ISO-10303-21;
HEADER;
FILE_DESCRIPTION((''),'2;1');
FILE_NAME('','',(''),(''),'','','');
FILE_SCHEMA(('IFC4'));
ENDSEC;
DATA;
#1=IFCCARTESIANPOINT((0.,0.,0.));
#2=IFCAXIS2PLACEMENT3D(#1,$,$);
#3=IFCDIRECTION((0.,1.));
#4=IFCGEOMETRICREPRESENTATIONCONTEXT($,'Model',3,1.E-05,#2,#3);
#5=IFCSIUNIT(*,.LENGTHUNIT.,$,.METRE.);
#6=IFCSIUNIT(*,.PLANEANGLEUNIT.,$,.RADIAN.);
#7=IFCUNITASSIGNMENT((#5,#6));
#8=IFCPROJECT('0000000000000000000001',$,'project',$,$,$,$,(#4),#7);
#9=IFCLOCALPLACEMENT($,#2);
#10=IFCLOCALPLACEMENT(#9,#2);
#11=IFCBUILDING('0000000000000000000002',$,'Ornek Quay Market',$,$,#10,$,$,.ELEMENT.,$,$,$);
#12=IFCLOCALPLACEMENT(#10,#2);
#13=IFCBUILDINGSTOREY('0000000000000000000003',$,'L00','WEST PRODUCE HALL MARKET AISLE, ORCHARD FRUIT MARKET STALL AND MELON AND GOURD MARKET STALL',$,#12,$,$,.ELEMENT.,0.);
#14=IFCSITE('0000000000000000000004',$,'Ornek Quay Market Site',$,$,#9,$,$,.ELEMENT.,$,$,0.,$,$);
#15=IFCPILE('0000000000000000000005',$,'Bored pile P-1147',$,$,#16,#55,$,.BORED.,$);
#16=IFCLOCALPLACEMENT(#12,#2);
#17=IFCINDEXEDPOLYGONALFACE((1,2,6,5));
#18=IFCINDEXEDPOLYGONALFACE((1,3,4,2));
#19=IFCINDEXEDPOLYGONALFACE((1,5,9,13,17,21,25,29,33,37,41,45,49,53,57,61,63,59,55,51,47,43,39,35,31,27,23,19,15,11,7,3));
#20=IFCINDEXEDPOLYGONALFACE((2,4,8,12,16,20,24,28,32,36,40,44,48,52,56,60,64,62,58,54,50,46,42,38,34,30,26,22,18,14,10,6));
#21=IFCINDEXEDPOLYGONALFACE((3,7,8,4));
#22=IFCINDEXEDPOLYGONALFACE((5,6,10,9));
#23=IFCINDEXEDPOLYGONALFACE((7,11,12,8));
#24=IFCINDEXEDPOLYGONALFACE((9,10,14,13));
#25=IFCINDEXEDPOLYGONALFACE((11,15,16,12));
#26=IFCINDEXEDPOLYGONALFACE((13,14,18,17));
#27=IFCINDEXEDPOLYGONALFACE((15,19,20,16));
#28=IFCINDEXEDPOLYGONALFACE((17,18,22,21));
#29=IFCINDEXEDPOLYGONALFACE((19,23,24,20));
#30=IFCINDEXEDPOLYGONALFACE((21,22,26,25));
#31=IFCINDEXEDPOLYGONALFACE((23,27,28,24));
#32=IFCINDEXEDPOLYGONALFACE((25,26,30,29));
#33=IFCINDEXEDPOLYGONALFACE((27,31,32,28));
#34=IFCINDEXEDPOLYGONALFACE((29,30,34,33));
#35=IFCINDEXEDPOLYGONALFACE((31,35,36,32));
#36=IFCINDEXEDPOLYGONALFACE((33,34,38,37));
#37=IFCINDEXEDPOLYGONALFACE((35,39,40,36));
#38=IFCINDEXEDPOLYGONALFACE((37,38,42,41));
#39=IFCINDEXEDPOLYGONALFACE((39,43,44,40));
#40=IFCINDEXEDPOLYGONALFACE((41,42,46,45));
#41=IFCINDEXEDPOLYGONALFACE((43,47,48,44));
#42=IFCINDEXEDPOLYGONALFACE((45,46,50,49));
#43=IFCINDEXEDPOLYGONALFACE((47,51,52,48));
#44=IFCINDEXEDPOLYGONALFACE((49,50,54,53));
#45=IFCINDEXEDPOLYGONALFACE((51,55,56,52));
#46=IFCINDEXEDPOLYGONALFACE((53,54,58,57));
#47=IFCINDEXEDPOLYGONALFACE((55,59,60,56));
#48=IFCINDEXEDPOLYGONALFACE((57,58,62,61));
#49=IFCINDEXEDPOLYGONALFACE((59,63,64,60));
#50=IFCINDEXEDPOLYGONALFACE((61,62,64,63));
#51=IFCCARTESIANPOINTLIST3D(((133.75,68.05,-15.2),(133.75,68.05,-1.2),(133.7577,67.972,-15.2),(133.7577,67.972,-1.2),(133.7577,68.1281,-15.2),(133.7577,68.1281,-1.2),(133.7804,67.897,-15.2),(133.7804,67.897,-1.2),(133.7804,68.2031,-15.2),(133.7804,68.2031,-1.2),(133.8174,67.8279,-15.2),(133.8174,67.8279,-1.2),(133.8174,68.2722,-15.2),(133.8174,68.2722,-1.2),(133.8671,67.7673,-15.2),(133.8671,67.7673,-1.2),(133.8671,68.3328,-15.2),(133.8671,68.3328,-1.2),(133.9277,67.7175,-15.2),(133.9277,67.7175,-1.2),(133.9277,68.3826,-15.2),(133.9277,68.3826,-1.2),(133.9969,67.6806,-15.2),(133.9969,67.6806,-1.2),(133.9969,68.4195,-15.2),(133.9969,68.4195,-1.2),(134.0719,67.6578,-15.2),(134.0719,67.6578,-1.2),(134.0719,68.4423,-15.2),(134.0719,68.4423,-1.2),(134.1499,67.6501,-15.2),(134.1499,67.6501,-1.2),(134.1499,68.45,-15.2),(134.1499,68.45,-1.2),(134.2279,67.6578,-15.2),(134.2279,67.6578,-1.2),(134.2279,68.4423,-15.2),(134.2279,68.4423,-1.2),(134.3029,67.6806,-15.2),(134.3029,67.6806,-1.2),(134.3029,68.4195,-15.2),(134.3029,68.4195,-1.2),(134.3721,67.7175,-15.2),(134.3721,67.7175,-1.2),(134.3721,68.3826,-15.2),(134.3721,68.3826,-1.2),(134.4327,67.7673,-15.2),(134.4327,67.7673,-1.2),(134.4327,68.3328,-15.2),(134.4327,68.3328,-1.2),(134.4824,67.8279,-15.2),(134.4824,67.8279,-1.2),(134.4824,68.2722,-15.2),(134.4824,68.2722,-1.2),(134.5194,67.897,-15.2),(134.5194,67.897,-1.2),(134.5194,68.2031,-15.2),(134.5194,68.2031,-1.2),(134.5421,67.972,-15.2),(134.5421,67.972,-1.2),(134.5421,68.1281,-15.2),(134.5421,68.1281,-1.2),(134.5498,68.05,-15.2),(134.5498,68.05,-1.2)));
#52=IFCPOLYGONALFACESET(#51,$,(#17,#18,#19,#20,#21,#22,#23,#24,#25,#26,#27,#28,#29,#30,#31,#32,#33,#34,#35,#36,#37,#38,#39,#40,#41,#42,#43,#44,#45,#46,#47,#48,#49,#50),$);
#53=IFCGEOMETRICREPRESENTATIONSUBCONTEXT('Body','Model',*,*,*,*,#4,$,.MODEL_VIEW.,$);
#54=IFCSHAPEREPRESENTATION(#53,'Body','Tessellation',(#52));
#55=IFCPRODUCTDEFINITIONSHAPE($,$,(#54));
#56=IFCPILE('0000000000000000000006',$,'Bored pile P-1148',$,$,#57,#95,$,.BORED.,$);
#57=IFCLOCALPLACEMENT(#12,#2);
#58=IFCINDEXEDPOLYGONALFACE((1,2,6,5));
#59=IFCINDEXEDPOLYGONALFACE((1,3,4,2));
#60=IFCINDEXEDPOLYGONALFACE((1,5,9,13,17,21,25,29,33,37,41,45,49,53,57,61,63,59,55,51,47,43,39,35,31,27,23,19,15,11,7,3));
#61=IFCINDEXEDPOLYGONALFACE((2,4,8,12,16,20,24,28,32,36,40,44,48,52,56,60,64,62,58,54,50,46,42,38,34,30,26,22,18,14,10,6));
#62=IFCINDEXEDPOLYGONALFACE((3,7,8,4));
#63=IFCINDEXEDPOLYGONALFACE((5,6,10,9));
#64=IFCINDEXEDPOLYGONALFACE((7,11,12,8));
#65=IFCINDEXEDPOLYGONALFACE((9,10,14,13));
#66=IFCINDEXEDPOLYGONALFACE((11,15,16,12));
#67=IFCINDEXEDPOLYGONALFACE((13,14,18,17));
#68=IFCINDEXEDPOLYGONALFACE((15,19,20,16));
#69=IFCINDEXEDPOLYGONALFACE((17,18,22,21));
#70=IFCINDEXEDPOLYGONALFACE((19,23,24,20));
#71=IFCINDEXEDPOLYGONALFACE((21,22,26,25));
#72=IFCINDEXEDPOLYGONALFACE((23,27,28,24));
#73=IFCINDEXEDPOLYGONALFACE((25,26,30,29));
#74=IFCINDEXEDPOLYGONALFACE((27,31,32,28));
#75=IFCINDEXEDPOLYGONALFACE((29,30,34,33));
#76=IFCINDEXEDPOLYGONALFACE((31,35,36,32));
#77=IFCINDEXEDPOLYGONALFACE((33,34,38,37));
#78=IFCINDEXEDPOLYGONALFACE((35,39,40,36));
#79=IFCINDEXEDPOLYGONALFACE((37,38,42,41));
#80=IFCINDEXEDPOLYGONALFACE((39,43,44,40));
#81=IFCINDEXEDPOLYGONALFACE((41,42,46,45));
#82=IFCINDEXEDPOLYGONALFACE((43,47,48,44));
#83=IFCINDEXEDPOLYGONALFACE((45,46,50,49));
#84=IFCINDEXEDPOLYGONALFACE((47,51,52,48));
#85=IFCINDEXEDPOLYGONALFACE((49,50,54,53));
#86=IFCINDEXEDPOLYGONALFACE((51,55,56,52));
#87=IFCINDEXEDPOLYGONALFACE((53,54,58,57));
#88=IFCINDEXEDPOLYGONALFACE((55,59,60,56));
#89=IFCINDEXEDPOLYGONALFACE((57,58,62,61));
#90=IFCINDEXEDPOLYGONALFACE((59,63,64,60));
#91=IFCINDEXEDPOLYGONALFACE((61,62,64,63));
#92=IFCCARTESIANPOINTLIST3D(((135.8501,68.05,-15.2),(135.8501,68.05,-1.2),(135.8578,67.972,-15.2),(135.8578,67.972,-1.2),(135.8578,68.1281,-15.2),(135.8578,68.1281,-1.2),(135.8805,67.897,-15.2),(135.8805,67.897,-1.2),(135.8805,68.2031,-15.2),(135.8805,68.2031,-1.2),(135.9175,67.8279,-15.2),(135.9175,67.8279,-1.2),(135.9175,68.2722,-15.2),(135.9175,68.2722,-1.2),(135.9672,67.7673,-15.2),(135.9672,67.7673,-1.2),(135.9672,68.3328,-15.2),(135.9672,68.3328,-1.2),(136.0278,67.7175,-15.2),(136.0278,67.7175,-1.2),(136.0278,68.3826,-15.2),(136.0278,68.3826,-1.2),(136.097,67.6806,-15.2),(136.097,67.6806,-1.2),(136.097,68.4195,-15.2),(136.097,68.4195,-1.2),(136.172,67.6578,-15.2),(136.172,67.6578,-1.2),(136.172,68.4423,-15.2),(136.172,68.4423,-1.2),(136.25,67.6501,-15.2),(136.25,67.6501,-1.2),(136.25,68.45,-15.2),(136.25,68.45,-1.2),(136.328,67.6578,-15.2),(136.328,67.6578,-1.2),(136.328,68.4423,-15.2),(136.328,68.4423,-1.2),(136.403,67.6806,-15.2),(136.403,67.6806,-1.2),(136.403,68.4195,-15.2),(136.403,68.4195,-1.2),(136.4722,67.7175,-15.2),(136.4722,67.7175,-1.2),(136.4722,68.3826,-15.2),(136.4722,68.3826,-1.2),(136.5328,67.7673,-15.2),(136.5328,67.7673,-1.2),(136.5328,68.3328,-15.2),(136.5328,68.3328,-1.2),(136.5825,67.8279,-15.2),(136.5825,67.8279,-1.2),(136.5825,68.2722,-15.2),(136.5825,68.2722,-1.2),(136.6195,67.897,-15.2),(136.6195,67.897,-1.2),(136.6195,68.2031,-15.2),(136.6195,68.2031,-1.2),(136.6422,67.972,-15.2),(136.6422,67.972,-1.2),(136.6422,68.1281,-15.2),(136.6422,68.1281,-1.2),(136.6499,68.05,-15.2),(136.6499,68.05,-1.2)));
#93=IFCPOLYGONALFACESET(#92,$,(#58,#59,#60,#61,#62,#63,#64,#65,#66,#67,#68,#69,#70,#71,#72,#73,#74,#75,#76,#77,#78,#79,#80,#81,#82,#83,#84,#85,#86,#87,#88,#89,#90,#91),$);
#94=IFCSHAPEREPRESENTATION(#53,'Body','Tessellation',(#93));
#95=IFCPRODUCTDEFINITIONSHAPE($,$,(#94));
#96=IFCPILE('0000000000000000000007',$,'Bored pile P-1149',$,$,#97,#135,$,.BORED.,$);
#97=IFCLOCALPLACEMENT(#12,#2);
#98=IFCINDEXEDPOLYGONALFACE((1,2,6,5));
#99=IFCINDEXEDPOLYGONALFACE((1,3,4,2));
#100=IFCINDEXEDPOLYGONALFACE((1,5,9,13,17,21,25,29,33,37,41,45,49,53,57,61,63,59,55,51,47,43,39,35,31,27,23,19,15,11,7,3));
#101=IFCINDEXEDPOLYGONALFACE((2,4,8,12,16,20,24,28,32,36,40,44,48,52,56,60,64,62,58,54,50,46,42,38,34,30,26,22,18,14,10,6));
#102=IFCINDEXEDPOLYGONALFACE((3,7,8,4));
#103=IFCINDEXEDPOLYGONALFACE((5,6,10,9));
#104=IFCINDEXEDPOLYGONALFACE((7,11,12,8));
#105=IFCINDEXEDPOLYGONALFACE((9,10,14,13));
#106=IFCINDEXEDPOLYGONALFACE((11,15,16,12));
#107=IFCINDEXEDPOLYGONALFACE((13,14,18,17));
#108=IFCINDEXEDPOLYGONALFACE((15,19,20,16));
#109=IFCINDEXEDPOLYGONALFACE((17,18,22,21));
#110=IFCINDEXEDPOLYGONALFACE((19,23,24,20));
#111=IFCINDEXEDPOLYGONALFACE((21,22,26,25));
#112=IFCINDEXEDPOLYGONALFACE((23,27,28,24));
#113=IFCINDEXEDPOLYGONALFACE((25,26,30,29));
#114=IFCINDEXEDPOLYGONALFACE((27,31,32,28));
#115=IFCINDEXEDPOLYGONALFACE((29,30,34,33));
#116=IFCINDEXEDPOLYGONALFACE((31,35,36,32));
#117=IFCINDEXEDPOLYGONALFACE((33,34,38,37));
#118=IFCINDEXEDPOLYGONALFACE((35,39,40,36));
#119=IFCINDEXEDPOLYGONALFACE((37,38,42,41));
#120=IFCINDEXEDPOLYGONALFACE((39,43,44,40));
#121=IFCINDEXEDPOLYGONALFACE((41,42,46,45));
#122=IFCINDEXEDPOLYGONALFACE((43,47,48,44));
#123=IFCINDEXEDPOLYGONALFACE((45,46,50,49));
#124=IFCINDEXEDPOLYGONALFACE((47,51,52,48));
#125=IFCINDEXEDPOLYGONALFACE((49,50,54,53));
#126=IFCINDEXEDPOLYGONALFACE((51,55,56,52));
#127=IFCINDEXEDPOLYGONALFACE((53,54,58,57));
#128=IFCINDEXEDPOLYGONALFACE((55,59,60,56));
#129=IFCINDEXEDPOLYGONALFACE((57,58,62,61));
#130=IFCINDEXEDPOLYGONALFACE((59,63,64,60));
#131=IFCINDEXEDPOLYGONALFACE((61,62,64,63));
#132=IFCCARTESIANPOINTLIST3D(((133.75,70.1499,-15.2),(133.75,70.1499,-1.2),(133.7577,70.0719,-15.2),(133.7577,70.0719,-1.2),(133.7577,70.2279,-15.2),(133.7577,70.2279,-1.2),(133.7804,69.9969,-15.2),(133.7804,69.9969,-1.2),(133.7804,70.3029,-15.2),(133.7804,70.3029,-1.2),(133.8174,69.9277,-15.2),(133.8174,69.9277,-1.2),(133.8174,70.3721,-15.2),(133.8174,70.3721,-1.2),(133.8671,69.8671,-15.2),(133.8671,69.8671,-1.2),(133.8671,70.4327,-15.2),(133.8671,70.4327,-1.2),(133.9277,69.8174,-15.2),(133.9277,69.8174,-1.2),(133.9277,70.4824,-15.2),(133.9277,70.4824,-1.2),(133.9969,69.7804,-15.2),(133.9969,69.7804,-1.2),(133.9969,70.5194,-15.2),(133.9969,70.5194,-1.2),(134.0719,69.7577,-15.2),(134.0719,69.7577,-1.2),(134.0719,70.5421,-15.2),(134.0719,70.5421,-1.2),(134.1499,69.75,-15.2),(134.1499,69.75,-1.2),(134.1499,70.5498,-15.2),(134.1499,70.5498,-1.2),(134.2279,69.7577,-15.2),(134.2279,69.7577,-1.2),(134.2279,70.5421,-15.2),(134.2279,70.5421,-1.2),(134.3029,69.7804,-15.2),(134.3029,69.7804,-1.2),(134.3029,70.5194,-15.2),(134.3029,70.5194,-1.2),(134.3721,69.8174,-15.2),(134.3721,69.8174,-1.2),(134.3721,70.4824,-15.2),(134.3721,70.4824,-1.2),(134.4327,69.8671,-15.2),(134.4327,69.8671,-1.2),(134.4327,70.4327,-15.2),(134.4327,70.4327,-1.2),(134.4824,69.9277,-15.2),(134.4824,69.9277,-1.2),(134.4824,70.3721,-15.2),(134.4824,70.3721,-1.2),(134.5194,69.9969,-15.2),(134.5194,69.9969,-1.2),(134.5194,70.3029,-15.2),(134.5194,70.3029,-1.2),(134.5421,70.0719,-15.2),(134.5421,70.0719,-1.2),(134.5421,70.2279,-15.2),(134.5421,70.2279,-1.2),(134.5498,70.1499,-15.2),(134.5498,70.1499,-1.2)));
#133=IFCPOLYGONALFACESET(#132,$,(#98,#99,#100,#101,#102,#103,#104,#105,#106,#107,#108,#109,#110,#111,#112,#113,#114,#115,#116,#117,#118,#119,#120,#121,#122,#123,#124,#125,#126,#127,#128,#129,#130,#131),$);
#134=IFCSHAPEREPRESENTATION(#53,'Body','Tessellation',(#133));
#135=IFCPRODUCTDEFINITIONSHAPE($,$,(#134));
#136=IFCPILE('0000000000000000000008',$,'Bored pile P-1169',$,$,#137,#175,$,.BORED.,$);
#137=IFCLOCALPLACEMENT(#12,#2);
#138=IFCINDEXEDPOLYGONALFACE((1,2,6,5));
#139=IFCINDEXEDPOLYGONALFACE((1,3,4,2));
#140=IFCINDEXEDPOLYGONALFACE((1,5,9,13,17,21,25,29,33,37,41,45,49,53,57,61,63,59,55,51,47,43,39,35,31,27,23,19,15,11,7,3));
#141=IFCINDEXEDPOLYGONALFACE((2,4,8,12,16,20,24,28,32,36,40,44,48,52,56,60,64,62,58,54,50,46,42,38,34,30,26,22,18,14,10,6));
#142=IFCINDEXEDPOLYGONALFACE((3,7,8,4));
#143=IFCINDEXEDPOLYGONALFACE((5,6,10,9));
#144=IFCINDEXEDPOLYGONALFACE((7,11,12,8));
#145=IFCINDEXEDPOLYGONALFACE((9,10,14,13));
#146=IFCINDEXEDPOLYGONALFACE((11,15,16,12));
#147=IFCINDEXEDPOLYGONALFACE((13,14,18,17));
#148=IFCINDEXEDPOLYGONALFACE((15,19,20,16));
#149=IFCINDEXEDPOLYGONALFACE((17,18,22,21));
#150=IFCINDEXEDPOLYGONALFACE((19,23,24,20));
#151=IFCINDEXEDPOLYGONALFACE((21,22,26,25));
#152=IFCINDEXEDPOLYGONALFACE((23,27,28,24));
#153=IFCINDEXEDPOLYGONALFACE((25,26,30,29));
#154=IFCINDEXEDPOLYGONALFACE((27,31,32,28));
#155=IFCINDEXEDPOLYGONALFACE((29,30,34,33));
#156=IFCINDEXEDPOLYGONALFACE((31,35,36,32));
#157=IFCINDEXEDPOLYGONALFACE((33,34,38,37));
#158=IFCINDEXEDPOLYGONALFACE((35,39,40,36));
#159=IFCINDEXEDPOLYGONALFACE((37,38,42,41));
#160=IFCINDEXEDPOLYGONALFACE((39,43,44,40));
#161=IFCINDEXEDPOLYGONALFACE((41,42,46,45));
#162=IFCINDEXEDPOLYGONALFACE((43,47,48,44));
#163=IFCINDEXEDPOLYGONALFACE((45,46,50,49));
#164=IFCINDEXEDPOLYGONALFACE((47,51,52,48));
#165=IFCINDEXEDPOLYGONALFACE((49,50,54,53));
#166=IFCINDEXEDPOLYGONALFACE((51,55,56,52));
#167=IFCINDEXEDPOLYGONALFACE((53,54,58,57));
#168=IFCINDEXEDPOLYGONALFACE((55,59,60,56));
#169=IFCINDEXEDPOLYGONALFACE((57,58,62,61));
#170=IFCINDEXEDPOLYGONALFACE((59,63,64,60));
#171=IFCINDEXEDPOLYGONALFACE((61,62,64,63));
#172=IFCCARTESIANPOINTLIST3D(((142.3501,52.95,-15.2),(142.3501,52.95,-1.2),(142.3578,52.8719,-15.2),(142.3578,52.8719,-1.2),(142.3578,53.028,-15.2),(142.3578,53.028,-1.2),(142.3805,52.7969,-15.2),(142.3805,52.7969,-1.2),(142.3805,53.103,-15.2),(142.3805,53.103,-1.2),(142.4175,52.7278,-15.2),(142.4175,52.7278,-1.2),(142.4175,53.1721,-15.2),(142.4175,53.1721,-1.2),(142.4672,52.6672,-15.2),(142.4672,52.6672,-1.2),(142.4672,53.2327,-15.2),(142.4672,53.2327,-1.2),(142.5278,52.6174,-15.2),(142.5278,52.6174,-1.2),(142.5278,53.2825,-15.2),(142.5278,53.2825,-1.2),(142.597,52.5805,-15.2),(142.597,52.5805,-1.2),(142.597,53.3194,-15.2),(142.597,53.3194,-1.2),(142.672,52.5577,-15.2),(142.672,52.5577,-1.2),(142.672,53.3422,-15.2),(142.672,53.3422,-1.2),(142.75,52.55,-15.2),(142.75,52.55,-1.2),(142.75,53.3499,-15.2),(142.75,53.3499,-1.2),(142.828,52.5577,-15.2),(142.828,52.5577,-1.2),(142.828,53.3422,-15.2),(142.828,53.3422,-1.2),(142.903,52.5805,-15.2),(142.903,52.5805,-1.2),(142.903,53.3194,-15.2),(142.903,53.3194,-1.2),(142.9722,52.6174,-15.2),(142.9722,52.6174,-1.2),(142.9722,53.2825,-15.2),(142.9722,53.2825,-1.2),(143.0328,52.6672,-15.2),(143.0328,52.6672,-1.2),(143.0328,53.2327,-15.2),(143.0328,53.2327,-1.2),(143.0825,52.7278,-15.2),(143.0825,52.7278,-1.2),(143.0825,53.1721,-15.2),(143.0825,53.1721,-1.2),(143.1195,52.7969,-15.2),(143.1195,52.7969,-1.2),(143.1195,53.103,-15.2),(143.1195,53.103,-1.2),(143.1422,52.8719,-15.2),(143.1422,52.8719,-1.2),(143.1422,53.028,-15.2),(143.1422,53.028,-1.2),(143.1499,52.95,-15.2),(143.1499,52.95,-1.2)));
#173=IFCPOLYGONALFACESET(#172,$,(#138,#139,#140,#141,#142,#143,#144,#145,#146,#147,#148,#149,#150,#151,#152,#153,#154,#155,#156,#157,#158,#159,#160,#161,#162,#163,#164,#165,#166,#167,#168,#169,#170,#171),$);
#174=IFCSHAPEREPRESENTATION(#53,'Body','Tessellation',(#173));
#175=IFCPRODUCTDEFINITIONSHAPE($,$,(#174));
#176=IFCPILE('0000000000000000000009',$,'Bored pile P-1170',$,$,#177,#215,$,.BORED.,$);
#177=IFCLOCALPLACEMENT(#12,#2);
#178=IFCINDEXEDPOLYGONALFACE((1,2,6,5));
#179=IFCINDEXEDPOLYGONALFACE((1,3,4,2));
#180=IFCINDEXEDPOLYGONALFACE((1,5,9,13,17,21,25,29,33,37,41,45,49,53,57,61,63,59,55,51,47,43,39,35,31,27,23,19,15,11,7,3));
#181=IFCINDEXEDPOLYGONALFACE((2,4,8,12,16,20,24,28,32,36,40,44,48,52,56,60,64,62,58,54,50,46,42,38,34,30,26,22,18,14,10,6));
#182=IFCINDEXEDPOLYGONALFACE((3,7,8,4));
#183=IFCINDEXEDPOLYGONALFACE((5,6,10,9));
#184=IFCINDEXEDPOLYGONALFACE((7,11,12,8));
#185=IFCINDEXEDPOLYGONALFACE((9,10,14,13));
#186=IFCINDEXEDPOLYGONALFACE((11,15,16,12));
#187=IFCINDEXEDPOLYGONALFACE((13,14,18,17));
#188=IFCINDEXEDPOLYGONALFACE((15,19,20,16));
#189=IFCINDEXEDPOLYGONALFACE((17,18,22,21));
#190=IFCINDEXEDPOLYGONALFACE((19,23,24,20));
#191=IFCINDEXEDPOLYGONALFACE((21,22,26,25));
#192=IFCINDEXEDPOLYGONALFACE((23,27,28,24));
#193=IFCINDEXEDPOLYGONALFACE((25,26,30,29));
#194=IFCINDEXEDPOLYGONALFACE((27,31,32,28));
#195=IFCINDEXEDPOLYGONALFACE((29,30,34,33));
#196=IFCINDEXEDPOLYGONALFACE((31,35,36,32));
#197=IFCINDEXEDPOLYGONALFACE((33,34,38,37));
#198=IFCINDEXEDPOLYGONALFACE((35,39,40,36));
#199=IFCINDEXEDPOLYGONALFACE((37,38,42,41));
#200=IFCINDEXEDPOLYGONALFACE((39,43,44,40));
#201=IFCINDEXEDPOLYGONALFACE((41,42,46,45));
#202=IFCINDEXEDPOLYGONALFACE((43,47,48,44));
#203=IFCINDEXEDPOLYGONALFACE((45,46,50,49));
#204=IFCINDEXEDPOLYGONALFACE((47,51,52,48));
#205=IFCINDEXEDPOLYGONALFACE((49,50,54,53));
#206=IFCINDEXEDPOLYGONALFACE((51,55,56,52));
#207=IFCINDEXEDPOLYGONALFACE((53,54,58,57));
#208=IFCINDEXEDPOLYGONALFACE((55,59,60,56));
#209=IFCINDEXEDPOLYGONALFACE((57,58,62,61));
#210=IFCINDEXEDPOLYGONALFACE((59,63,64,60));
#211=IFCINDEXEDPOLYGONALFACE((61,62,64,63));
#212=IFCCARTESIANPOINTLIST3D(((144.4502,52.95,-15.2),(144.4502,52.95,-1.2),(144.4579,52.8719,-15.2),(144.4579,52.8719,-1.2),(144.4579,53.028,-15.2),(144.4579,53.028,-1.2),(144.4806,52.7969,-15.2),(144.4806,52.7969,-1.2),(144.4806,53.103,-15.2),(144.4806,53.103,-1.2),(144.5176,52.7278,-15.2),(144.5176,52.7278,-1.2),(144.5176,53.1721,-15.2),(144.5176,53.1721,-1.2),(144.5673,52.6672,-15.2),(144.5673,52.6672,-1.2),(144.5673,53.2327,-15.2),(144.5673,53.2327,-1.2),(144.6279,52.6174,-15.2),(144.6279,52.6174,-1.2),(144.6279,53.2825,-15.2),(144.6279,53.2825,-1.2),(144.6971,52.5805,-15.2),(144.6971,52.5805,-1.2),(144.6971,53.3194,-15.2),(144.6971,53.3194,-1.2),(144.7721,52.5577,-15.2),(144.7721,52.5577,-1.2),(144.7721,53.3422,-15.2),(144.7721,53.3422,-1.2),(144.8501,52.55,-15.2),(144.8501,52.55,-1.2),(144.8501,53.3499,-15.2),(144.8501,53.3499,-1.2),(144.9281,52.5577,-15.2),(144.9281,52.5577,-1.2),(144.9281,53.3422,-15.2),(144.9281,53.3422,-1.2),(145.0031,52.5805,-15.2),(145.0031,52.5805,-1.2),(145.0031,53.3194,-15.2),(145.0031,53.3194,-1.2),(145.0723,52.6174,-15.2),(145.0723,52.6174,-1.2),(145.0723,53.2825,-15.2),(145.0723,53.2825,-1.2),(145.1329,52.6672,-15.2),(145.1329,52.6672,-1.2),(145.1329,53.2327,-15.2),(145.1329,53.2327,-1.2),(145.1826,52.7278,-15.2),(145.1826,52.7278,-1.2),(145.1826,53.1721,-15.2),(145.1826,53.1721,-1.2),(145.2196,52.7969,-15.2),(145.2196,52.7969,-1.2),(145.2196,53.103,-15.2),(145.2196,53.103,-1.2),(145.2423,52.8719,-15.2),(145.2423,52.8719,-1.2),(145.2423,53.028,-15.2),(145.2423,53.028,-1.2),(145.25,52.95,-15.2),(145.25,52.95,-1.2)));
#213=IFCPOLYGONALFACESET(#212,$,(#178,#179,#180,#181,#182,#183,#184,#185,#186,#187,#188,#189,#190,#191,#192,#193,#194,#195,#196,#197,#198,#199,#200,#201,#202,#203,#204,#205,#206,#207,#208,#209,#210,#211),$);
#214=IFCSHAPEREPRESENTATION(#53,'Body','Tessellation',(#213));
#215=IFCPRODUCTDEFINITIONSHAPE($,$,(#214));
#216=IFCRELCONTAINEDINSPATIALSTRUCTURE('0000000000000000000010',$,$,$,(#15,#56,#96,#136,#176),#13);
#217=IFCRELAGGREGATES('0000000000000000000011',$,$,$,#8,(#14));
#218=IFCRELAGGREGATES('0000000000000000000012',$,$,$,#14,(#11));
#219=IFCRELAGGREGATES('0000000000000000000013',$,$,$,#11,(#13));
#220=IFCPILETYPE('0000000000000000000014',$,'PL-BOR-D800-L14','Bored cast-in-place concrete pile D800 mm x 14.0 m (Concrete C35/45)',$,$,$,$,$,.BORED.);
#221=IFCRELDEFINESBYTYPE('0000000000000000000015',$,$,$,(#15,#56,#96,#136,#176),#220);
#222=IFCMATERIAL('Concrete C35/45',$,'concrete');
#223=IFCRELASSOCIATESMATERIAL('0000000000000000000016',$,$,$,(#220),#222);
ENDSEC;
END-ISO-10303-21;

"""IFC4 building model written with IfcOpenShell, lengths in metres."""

from ifc_helpers import new_model, si_unit, direction, frame, origin, origin_2d, place, context, subcontext, project, spatial, circle, extrude, material, material_profile, profile_set, type_object, element, save


model = new_model("IFC4")

# Units and contexts
model_context = context("Model", 3, precision=1e-05, world=origin(), true_north=direction((0.0, 1.0)))
body_context = subcontext(model_context, "Body", "Model", "MODEL_VIEW")
ifc_project = project(units=[si_unit("LENGTHUNIT", "METRE"), si_unit("PLANEANGLEUNIT", "RADIAN")], contexts=[model_context])

# Site, building, storey
site_placement = place(None, origin())
site = spatial("IfcSite", under=ifc_project, at=site_placement, Name="Ornek Quay Market Site", CompositionType="ELEMENT", RefElevation=0.0)
building_placement = place(site_placement, origin())
building = spatial("IfcBuilding", under=site, at=building_placement, Name="Ornek Quay Market", CompositionType="ELEMENT")
storey_placement = place(building_placement, origin())
storey = spatial("IfcBuildingStorey", under=building, at=storey_placement, Name="L00", Description="WEST PRODUCE HALL MARKET AISLE, ORCHARD FRUIT MARKET STALL AND MELON AND GOURD MARKET STALL", CompositionType="ELEMENT", Elevation=0.0)

# Piles
ifc_material_1 = material(Name="Concrete C35/45", Category="concrete")
ifc_material_profile_1 = material_profile(ifc_material_1, circle(Radius=0.3999, at=origin_2d()), Name="PILE D800", Category="concrete")
ifc_profile_set_1 = profile_set([ifc_material_profile_1], Name="Concrete C35/45")
pile_type_1 = type_object("IfcPileType", Name="PL-BOR-D800-L14", Description="Bored cast-in-place concrete pile D800 mm x 14.0 m (Concrete C35/45)", PredefinedType="BORED", material=ifc_profile_set_1)
for number, where, z_axis, x_axis, name in (
    (1, (134.1499, 68.05, -1.2), (0.0, 0.0, -1.0), (1.0, 0.0, 0.0), "Bored pile P-1147"),
    (2, (136.25, 68.05, -1.2), (0.0, 0.0, -1.0), (1.0, 0.0, 0.0), "Bored pile P-1148"),
    (3, (134.1499, 70.1499, -1.2), (0.0, 0.0, -1.0), (1.0, 0.0, 0.0), "Bored pile P-1149"),
    (4, (142.75, 52.95, -1.2), (0.0, 0.0, -1.0), (1.0, 0.0, 0.0), "Bored pile P-1169"),
    (5, (144.8501, 52.95, -1.2), (0.0, 0.0, -1.0), (1.0, 0.0, 0.0), "Bored pile P-1170"),
):
    element("IfcPile", number, at=place(storey_placement, frame(where, z_axis=z_axis, x_axis=x_axis)), inside=storey, type_object=pile_type_1, Name=name, PredefinedType="BORED", context=body_context, shape_type="SweptSolid", body=[
        extrude(circle(Radius=0.3999, at=origin_2d()), origin(), (0.0, 0.0, 1.0), 14.0),
    ])

save(model, "model.ifc")
